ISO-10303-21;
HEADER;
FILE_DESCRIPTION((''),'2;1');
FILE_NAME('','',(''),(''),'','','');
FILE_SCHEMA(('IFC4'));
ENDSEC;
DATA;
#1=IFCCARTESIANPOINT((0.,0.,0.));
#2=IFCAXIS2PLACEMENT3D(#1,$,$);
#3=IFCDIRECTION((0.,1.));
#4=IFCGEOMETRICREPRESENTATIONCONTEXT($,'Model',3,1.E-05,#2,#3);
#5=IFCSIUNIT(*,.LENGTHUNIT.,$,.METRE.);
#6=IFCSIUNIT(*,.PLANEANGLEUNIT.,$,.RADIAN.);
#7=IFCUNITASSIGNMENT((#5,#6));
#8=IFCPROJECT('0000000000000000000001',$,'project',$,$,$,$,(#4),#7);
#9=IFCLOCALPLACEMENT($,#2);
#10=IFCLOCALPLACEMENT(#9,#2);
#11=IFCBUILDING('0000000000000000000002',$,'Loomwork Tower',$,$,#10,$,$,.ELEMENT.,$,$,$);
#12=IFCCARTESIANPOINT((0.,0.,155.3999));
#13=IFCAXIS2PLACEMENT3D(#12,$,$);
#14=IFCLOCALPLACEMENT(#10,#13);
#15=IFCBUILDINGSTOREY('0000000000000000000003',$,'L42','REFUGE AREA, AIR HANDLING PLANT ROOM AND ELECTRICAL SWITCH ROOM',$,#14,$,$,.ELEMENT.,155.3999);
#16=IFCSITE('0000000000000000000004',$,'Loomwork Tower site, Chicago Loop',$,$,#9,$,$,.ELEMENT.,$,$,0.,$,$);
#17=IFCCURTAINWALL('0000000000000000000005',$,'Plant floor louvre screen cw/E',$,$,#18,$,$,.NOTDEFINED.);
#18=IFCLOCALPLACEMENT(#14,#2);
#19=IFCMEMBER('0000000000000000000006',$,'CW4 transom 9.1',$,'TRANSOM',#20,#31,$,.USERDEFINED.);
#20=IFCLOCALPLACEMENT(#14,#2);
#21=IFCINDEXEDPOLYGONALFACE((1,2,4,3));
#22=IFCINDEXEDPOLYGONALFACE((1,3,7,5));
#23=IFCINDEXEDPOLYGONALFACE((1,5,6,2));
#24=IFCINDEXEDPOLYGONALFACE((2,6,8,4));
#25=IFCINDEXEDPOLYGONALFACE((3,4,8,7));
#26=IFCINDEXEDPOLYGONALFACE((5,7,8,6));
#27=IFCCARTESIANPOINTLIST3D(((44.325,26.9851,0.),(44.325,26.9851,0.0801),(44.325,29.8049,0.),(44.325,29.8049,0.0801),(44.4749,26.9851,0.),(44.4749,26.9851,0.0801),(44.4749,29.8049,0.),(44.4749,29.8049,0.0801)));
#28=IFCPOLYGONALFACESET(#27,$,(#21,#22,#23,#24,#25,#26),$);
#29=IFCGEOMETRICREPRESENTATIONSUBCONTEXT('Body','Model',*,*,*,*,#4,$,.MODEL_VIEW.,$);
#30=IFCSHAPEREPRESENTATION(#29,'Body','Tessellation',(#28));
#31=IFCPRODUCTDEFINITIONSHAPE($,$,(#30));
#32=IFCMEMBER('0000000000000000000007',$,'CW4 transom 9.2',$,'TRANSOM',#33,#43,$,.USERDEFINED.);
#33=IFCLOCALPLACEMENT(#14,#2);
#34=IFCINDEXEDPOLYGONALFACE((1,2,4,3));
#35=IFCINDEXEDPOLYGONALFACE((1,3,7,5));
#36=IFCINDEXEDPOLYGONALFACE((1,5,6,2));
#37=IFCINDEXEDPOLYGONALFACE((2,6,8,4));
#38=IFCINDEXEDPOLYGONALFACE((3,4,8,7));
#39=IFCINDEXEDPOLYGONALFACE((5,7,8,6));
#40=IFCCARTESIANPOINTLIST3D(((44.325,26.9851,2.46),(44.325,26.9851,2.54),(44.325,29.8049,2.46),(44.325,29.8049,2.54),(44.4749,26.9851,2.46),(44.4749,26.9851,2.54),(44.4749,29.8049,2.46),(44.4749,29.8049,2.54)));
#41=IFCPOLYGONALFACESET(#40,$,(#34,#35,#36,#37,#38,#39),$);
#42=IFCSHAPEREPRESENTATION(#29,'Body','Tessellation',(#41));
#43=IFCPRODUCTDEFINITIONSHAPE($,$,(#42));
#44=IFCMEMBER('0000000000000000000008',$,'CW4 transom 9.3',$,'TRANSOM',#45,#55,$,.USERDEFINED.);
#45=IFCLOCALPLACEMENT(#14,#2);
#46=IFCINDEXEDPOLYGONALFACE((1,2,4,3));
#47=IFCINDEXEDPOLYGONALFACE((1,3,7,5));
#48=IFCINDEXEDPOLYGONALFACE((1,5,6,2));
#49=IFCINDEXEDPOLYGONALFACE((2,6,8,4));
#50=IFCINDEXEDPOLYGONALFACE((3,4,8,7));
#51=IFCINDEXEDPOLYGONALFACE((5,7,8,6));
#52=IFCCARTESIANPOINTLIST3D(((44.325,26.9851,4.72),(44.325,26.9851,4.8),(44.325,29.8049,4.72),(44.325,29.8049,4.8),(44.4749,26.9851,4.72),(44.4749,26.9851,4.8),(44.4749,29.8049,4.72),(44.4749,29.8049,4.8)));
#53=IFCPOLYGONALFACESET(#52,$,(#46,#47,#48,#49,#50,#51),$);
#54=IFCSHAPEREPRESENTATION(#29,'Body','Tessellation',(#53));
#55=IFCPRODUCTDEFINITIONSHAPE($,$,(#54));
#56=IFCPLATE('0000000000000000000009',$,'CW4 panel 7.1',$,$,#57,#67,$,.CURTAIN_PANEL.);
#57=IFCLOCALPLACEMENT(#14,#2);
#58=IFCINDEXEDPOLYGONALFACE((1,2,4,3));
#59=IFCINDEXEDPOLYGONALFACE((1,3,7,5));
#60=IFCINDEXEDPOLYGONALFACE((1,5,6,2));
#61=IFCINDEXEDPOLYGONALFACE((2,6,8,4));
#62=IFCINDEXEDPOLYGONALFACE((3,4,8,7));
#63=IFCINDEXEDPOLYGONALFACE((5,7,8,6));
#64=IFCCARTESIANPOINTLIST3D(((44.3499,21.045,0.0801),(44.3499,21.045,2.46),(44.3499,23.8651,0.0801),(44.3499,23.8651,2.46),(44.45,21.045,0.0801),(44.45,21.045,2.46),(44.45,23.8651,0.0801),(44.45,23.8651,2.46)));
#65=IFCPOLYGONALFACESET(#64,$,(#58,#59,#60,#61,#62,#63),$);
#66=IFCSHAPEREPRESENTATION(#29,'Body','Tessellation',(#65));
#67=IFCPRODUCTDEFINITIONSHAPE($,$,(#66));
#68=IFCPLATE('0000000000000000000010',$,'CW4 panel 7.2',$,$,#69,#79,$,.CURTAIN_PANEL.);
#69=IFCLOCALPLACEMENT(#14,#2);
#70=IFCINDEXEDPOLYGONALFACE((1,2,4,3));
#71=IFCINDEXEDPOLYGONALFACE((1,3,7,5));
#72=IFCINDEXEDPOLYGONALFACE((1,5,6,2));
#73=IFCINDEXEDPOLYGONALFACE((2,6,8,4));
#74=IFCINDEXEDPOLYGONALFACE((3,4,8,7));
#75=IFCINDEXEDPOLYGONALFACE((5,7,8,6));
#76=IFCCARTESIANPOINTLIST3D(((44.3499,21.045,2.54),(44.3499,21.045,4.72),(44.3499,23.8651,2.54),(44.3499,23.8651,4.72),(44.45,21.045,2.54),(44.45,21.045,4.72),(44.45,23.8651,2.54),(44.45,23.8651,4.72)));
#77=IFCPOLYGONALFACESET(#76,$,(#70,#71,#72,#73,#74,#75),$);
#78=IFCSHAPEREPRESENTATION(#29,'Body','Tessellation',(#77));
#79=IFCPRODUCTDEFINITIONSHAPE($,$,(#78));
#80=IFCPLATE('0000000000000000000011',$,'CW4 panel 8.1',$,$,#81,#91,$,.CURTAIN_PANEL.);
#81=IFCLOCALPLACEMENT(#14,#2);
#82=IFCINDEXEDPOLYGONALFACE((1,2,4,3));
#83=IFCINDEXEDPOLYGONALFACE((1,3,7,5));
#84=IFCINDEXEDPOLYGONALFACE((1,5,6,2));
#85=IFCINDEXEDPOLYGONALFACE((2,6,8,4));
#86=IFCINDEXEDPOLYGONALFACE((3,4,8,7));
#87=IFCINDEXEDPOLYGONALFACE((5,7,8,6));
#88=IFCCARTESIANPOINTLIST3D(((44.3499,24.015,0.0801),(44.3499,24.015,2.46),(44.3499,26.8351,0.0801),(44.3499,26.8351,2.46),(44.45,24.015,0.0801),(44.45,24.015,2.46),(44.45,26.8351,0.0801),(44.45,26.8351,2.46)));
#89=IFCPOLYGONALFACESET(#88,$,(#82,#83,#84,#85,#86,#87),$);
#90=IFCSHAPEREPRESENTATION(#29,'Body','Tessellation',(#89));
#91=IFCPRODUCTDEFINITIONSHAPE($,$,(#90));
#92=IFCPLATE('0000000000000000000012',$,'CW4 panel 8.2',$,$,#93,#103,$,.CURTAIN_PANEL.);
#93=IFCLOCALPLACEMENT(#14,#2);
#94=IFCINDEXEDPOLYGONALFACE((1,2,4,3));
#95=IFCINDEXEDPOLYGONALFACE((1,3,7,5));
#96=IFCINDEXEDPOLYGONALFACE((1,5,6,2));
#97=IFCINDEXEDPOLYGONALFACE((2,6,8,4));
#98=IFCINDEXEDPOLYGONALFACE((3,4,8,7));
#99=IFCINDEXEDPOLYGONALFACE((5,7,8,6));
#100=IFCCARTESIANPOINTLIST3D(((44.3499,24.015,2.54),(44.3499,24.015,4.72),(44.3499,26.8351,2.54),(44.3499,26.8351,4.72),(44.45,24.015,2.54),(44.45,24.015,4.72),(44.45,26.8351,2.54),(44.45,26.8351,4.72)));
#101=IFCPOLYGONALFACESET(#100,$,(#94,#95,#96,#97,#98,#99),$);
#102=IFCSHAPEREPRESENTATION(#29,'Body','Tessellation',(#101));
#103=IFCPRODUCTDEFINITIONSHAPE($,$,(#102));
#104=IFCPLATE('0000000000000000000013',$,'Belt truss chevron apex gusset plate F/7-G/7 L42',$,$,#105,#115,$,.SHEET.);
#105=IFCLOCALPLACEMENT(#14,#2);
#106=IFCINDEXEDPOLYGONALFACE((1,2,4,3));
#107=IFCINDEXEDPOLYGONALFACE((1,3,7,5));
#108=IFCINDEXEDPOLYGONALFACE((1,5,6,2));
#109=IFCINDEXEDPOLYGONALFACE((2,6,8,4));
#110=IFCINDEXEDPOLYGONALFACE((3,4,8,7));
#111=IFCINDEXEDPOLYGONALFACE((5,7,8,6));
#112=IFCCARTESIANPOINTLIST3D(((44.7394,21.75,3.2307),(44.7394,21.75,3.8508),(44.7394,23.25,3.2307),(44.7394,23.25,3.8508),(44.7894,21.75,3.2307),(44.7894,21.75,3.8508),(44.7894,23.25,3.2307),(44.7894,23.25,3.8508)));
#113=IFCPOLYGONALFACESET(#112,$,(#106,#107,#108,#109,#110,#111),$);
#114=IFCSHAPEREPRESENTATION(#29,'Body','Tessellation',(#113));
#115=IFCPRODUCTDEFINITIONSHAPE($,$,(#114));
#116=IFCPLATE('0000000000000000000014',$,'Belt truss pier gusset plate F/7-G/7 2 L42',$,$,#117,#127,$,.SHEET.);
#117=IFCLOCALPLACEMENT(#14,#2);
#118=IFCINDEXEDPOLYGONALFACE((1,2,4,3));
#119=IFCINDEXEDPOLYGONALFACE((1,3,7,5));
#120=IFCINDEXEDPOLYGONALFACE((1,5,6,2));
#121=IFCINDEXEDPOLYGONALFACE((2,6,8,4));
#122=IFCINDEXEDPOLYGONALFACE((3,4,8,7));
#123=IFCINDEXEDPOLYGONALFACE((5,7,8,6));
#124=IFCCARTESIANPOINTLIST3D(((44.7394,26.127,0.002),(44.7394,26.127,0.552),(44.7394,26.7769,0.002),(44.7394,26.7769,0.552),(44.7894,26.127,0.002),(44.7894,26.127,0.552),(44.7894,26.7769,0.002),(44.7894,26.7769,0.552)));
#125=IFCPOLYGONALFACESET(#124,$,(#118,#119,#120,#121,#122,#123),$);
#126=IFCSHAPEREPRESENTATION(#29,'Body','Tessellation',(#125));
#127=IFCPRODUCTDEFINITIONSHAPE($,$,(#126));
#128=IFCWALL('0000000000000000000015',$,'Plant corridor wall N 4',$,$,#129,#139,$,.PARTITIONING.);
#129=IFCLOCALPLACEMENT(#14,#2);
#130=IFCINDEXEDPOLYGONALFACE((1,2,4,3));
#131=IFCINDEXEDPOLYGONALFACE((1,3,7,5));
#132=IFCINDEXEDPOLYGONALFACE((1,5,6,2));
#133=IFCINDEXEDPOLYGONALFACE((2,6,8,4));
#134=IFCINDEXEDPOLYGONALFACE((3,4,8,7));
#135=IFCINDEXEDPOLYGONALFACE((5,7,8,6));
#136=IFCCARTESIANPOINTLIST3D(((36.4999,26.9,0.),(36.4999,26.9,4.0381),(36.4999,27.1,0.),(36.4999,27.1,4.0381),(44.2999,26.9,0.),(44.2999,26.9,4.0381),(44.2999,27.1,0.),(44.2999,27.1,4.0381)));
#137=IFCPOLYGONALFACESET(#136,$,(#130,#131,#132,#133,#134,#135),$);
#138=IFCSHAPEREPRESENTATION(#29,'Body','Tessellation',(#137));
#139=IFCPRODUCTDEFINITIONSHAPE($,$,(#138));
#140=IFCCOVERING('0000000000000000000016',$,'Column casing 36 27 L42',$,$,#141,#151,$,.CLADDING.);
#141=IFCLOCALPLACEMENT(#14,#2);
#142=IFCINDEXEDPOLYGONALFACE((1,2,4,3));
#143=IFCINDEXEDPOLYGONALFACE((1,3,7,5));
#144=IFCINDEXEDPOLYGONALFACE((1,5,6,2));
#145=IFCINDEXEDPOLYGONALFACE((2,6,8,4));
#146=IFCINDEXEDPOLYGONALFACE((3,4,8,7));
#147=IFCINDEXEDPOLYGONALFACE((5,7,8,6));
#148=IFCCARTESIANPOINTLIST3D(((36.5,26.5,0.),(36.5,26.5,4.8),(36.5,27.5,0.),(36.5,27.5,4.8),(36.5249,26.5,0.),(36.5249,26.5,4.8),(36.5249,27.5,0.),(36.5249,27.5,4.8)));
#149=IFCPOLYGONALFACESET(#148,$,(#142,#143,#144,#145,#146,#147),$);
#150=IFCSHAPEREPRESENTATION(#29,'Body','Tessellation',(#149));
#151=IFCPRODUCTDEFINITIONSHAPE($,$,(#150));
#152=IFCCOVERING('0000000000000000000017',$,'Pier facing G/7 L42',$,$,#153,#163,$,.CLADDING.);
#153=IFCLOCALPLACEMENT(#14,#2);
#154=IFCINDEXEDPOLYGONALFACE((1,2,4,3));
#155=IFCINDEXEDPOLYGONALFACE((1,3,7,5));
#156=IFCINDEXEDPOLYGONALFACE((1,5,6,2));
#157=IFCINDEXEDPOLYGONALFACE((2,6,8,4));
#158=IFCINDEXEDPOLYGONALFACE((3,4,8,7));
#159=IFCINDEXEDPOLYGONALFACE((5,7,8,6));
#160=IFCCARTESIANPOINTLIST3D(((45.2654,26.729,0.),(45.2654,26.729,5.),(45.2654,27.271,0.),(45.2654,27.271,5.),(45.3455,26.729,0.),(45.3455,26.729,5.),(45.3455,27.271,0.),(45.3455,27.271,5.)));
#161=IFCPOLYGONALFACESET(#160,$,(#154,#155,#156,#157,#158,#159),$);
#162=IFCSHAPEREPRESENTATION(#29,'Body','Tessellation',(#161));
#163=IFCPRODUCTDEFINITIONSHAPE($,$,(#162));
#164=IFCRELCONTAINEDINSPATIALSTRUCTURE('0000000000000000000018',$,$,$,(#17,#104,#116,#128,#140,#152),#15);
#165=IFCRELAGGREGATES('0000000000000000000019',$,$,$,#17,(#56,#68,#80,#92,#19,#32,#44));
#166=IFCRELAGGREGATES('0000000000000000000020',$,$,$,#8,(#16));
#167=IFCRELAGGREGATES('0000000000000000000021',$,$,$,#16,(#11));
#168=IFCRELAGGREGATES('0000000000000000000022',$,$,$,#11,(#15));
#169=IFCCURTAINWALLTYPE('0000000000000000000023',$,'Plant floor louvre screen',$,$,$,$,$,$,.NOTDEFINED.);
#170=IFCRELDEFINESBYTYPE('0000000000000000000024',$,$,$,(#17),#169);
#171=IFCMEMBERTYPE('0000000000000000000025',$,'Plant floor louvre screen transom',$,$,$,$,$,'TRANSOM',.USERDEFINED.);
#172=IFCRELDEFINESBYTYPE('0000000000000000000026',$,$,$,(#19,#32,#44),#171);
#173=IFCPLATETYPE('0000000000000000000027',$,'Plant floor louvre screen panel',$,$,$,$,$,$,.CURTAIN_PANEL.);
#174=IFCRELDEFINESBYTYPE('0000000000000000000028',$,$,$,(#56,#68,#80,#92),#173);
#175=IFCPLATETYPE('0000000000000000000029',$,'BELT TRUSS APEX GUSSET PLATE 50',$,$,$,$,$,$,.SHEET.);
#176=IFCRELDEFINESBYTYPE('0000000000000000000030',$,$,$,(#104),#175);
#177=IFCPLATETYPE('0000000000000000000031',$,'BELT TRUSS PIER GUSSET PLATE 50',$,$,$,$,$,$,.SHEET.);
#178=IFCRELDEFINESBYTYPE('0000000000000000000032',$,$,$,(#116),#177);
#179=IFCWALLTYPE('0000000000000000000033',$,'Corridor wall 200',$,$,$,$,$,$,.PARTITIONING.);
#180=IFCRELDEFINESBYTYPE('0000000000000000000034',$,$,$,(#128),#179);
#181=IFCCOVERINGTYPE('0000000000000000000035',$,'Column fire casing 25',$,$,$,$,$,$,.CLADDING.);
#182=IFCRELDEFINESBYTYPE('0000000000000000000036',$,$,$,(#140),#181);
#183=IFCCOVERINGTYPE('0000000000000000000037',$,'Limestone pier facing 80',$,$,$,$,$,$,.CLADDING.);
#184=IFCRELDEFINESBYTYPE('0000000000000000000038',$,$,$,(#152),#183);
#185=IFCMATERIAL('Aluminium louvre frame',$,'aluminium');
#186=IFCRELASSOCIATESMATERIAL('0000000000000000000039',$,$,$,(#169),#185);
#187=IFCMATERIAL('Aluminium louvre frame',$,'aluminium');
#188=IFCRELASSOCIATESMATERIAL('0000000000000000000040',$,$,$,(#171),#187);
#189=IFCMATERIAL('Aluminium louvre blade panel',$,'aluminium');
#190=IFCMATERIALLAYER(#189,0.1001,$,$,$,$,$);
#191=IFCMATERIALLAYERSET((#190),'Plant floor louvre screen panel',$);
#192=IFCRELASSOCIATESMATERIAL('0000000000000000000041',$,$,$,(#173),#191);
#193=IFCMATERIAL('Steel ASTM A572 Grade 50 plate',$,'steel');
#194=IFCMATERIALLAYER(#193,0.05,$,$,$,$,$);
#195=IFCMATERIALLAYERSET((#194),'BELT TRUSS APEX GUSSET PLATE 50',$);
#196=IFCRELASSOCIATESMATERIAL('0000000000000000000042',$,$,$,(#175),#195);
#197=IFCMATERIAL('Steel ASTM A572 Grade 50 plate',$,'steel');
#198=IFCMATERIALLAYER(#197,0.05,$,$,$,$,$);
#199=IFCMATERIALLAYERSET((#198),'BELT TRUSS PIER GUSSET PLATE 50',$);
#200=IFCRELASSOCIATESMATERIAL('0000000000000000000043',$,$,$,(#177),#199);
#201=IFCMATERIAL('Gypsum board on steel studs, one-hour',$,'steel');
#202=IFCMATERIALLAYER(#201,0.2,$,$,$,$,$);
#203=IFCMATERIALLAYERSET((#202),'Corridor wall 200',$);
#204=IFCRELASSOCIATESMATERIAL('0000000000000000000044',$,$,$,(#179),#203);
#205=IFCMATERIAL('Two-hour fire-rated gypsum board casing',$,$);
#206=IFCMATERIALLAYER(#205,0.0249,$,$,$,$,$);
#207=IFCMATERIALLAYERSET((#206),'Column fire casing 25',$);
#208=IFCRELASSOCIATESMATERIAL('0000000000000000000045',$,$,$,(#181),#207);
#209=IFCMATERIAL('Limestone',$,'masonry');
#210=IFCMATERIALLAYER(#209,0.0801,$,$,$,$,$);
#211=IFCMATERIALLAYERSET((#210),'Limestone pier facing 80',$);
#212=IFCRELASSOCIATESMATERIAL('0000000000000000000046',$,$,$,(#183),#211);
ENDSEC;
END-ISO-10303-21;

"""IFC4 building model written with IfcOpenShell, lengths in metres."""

from ifc_helpers import new_model, si_unit, direction, frame, frame_2d, origin, origin_2d, place, context, subcontext, project, spatial, rectangle, extrude, material, layer, layer_set, material_profile, profile_set, type_object, element, aggregate, save


model = new_model("IFC4")

# Units and contexts
model_context = context("Model", 3, precision=1e-05, world=origin(), true_north=direction((0.0, 1.0)))
body_context = subcontext(model_context, "Body", "Model", "MODEL_VIEW")
ifc_project = project(units=[si_unit("LENGTHUNIT", "METRE"), si_unit("PLANEANGLEUNIT", "RADIAN")], contexts=[model_context])

# Site, building, storey
site_placement = place(None, origin())
site = spatial("IfcSite", under=ifc_project, at=site_placement, Name="Loomwork Tower site, Chicago Loop", CompositionType="ELEMENT", RefElevation=0.0)
building_placement = place(site_placement, origin())
building = spatial("IfcBuilding", under=site, at=building_placement, Name="Loomwork Tower", CompositionType="ELEMENT")
storey_placement = place(building_placement, frame((0.0, 0.0, 155.3999)))
storey = spatial("IfcBuildingStorey", under=building, at=storey_placement, Name="L42", Description="REFUGE AREA, AIR HANDLING PLANT ROOM AND ELECTRICAL SWITCH ROOM", CompositionType="ELEMENT", Elevation=155.3999)

# Curtain wall, members, plates
ifc_material_1 = material(Name="Aluminium louvre frame", Category="aluminium")
curtain_wall_type = type_object("IfcCurtainWallType", Name="Plant floor louvre screen", PredefinedType="NOTDEFINED", material=ifc_material_1)
curtain_wall_placement = place(storey_placement, origin())
curtain_wall = element("IfcCurtainWall", 1, at=curtain_wall_placement, inside=storey, type_object=curtain_wall_type, Name="Plant floor louvre screen cw/E", PredefinedType="NOTDEFINED")
ifc_material_2 = material(Name="Aluminium louvre frame", Category="aluminium")
ifc_material_profile_1 = material_profile(ifc_material_2, rectangle(XDim=0.1499, YDim=0.0801, at=origin_2d()), Name="AL 80x150")
ifc_profile_set_1 = profile_set([ifc_material_profile_1], Name="Aluminium louvre frame")
member_type_1 = type_object("IfcMemberType", Name="Plant floor louvre screen transom", ElementType="TRANSOM", PredefinedType="USERDEFINED", material=ifc_profile_set_1)
member_1_placement = place(storey_placement, frame((44.3999, 26.9851, 0.04), z_axis=(0.0, 1.0, 0.0), x_axis=(-1.0, 0.0, 0.0)))
member_1 = element("IfcMember", 2, at=member_1_placement, type_object=member_type_1, Name="CW4 transom 9.1", ObjectType="TRANSOM", PredefinedType="USERDEFINED", context=body_context, shape_type="SweptSolid", body=[
    extrude(rectangle(XDim=0.1499, YDim=0.0801, at=origin_2d()), origin(), (0.0, 0.0, 1.0), 2.8198),
])
member_2_placement = place(storey_placement, frame((44.3999, 26.9851, 2.5), z_axis=(0.0, 1.0, 0.0), x_axis=(-1.0, 0.0, 0.0)))
member_2 = element("IfcMember", 3, at=member_2_placement, type_object=member_type_1, Name="CW4 transom 9.2", ObjectType="TRANSOM", PredefinedType="USERDEFINED", context=body_context, shape_type="SweptSolid", body=[
    extrude(rectangle(XDim=0.1499, YDim=0.0801, at=origin_2d()), origin(), (0.0, 0.0, 1.0), 2.8198),
])
member_3_placement = place(storey_placement, frame((44.3999, 26.9851, 4.76), z_axis=(0.0, 1.0, 0.0), x_axis=(-1.0, 0.0, 0.0)))
member_3 = element("IfcMember", 4, at=member_3_placement, type_object=member_type_1, Name="CW4 transom 9.3", ObjectType="TRANSOM", PredefinedType="USERDEFINED", context=body_context, shape_type="SweptSolid", body=[
    extrude(rectangle(XDim=0.1499, YDim=0.0801, at=origin_2d()), origin(), (0.0, 0.0, 1.0), 2.8198),
])
ifc_material_3 = material(Name="Aluminium louvre blade panel", Category="aluminium")
ifc_layer_1 = layer(ifc_material_3, 0.1001)
ifc_layer_set_1 = layer_set([ifc_layer_1], Name="Plant floor louvre screen panel")
plate_type_1 = type_object("IfcPlateType", Name="Plant floor louvre screen panel", PredefinedType="CURTAIN_PANEL", material=ifc_layer_set_1)
plate_1_placement = place(storey_placement, frame((44.3999, 22.4551, 0.0801), z_axis=(0.0, 0.0, 1.0), x_axis=(0.0, 1.0, 0.0)))
plate_1 = element("IfcPlate", 5, at=plate_1_placement, type_object=plate_type_1, Name="CW4 panel 7.1", PredefinedType="CURTAIN_PANEL", context=body_context, shape_type="SweptSolid", body=[
    extrude(rectangle(XDim=2.8201, YDim=0.1001, at=origin_2d()), origin(), (0.0, 0.0, 1.0), 2.3799),
])
plate_2_placement = place(storey_placement, frame((44.3999, 22.4551, 2.54), z_axis=(0.0, 0.0, 1.0), x_axis=(0.0, 1.0, 0.0)))
plate_2 = element("IfcPlate", 6, at=plate_2_placement, type_object=plate_type_1, Name="CW4 panel 7.2", PredefinedType="CURTAIN_PANEL", context=body_context, shape_type="SweptSolid", body=[
    extrude(rectangle(XDim=2.8201, YDim=0.1001, at=origin_2d()), origin(), (0.0, 0.0, 1.0), 2.1799),
])
plate_3_placement = place(storey_placement, frame((44.3999, 25.425, 0.0801), z_axis=(0.0, 0.0, 1.0), x_axis=(0.0, 1.0, 0.0)))
plate_3 = element("IfcPlate", 7, at=plate_3_placement, type_object=plate_type_1, Name="CW4 panel 8.1", PredefinedType="CURTAIN_PANEL", context=body_context, shape_type="SweptSolid", body=[
    extrude(rectangle(XDim=2.8201, YDim=0.1001, at=origin_2d()), origin(), (0.0, 0.0, 1.0), 2.3799),
])
plate_4_placement = place(storey_placement, frame((44.3999, 25.425, 2.54), z_axis=(0.0, 0.0, 1.0), x_axis=(0.0, 1.0, 0.0)))
plate_4 = element("IfcPlate", 8, at=plate_4_placement, type_object=plate_type_1, Name="CW4 panel 8.2", PredefinedType="CURTAIN_PANEL", context=body_context, shape_type="SweptSolid", body=[
    extrude(rectangle(XDim=2.8201, YDim=0.1001, at=origin_2d()), origin(), (0.0, 0.0, 1.0), 2.1799),
])
aggregate(curtain_wall, [plate_1, plate_2, plate_3, plate_4, member_1, member_2, member_3])

# Plates
ifc_material_4 = material(Name="Steel ASTM A572 Grade 50 plate", Category="steel")
ifc_layer_2 = layer(ifc_material_4, 0.05)
ifc_layer_set_2 = layer_set([ifc_layer_2], Name="BELT TRUSS APEX GUSSET PLATE 50")
plate_type_2 = type_object("IfcPlateType", Name="BELT TRUSS APEX GUSSET PLATE 50", PredefinedType="SHEET", material=ifc_layer_set_2)
plate_5_placement = place(storey_placement, frame((44.7644, 22.5, 3.2307), z_axis=(0.0, 0.0, 1.0), x_axis=(0.0, 1.0, 0.0)))
element("IfcPlate", 9, at=plate_5_placement, inside=storey, type_object=plate_type_2, Name="Belt truss chevron apex gusset plate F/7-G/7 L42", PredefinedType="SHEET", context=body_context, shape_type="SweptSolid", body=[
    extrude(rectangle(XDim=1.5, YDim=0.05, at=origin_2d()), origin(), (0.0, 0.0, 1.0), 0.6201),
])
ifc_material_5 = material(Name="Steel ASTM A572 Grade 50 plate", Category="steel")
ifc_layer_3 = layer(ifc_material_5, 0.05)
ifc_layer_set_3 = layer_set([ifc_layer_3], Name="BELT TRUSS PIER GUSSET PLATE 50")
plate_type_3 = type_object("IfcPlateType", Name="BELT TRUSS PIER GUSSET PLATE 50", PredefinedType="SHEET", material=ifc_layer_set_3)
plate_6_placement = place(storey_placement, frame((44.7644, 26.4519, 0.002), z_axis=(0.0, 0.0, 1.0), x_axis=(0.0, 1.0, 0.0)))
element("IfcPlate", 10, at=plate_6_placement, inside=storey, type_object=plate_type_3, Name="Belt truss pier gusset plate F/7-G/7 2 L42", PredefinedType="SHEET", context=body_context, shape_type="SweptSolid", body=[
    extrude(rectangle(XDim=0.6499, YDim=0.05, at=origin_2d()), origin(), (0.0, 0.0, 1.0), 0.55),
])

# Wall
ifc_material_6 = material(Name="Gypsum board on steel studs, one-hour", Category="steel")
ifc_layer_4 = layer(ifc_material_6, 0.2)
ifc_layer_set_4 = layer_set([ifc_layer_4], Name="Corridor wall 200")
wall_type = type_object("IfcWallType", Name="Corridor wall 200", PredefinedType="PARTITIONING", material=ifc_layer_set_4)
wall_placement = place(storey_placement, frame((36.5, 27.0, 0.0), z_axis=(0.0, 0.0, 1.0), x_axis=(1.0, 0.0, 0.0)))
element("IfcWall", 11, at=wall_placement, inside=storey, type_object=wall_type, Name="Plant corridor wall N 4", PredefinedType="PARTITIONING", context=body_context, shape_type="SweptSolid", body=[
    extrude(rectangle(XDim=7.8, YDim=0.2, at=frame_2d((3.8999, 0.0))), origin(), (0.0, 0.0, 1.0), 4.0381),
])

# Coverings
ifc_material_7 = material(Name="Two-hour fire-rated gypsum board casing")
ifc_layer_5 = layer(ifc_material_7, 0.0249)
ifc_layer_set_5 = layer_set([ifc_layer_5], Name="Column fire casing 25")
covering_type_1 = type_object("IfcCoveringType", Name="Column fire casing 25", PredefinedType="CLADDING", material=ifc_layer_set_5)
covering_1_placement = place(storey_placement, frame((36.5125, 27.0, 0.0), z_axis=(0.0, 0.0, 1.0), x_axis=(1.0, 0.0, 0.0)))
element("IfcCovering", 12, at=covering_1_placement, inside=storey, type_object=covering_type_1, Name="Column casing 36 27 L42", PredefinedType="CLADDING", context=body_context, shape_type="SweptSolid", body=[
    extrude(rectangle(XDim=0.0249, YDim=1.0, at=origin_2d()), origin(), (0.0, 0.0, 1.0), 4.8),
])
ifc_material_8 = material(Name="Limestone", Category="masonry")
ifc_layer_6 = layer(ifc_material_8, 0.0801)
ifc_layer_set_6 = layer_set([ifc_layer_6], Name="Limestone pier facing 80")
covering_type_2 = type_object("IfcCoveringType", Name="Limestone pier facing 80", PredefinedType="CLADDING", material=ifc_layer_set_6)
covering_2_placement = place(storey_placement, frame((45.3054, 27.0, 0.0), z_axis=(0.0, 0.0, 1.0), x_axis=(1.0, 0.0, 0.0)))
element("IfcCovering", 13, at=covering_2_placement, inside=storey, type_object=covering_type_2, Name="Pier facing G/7 L42", PredefinedType="CLADDING", context=body_context, shape_type="SweptSolid", body=[
    extrude(rectangle(XDim=0.0801, YDim=0.542, at=origin_2d()), origin(), (0.0, 0.0, 1.0), 5.0),
])

save(model, "model.ifc")
